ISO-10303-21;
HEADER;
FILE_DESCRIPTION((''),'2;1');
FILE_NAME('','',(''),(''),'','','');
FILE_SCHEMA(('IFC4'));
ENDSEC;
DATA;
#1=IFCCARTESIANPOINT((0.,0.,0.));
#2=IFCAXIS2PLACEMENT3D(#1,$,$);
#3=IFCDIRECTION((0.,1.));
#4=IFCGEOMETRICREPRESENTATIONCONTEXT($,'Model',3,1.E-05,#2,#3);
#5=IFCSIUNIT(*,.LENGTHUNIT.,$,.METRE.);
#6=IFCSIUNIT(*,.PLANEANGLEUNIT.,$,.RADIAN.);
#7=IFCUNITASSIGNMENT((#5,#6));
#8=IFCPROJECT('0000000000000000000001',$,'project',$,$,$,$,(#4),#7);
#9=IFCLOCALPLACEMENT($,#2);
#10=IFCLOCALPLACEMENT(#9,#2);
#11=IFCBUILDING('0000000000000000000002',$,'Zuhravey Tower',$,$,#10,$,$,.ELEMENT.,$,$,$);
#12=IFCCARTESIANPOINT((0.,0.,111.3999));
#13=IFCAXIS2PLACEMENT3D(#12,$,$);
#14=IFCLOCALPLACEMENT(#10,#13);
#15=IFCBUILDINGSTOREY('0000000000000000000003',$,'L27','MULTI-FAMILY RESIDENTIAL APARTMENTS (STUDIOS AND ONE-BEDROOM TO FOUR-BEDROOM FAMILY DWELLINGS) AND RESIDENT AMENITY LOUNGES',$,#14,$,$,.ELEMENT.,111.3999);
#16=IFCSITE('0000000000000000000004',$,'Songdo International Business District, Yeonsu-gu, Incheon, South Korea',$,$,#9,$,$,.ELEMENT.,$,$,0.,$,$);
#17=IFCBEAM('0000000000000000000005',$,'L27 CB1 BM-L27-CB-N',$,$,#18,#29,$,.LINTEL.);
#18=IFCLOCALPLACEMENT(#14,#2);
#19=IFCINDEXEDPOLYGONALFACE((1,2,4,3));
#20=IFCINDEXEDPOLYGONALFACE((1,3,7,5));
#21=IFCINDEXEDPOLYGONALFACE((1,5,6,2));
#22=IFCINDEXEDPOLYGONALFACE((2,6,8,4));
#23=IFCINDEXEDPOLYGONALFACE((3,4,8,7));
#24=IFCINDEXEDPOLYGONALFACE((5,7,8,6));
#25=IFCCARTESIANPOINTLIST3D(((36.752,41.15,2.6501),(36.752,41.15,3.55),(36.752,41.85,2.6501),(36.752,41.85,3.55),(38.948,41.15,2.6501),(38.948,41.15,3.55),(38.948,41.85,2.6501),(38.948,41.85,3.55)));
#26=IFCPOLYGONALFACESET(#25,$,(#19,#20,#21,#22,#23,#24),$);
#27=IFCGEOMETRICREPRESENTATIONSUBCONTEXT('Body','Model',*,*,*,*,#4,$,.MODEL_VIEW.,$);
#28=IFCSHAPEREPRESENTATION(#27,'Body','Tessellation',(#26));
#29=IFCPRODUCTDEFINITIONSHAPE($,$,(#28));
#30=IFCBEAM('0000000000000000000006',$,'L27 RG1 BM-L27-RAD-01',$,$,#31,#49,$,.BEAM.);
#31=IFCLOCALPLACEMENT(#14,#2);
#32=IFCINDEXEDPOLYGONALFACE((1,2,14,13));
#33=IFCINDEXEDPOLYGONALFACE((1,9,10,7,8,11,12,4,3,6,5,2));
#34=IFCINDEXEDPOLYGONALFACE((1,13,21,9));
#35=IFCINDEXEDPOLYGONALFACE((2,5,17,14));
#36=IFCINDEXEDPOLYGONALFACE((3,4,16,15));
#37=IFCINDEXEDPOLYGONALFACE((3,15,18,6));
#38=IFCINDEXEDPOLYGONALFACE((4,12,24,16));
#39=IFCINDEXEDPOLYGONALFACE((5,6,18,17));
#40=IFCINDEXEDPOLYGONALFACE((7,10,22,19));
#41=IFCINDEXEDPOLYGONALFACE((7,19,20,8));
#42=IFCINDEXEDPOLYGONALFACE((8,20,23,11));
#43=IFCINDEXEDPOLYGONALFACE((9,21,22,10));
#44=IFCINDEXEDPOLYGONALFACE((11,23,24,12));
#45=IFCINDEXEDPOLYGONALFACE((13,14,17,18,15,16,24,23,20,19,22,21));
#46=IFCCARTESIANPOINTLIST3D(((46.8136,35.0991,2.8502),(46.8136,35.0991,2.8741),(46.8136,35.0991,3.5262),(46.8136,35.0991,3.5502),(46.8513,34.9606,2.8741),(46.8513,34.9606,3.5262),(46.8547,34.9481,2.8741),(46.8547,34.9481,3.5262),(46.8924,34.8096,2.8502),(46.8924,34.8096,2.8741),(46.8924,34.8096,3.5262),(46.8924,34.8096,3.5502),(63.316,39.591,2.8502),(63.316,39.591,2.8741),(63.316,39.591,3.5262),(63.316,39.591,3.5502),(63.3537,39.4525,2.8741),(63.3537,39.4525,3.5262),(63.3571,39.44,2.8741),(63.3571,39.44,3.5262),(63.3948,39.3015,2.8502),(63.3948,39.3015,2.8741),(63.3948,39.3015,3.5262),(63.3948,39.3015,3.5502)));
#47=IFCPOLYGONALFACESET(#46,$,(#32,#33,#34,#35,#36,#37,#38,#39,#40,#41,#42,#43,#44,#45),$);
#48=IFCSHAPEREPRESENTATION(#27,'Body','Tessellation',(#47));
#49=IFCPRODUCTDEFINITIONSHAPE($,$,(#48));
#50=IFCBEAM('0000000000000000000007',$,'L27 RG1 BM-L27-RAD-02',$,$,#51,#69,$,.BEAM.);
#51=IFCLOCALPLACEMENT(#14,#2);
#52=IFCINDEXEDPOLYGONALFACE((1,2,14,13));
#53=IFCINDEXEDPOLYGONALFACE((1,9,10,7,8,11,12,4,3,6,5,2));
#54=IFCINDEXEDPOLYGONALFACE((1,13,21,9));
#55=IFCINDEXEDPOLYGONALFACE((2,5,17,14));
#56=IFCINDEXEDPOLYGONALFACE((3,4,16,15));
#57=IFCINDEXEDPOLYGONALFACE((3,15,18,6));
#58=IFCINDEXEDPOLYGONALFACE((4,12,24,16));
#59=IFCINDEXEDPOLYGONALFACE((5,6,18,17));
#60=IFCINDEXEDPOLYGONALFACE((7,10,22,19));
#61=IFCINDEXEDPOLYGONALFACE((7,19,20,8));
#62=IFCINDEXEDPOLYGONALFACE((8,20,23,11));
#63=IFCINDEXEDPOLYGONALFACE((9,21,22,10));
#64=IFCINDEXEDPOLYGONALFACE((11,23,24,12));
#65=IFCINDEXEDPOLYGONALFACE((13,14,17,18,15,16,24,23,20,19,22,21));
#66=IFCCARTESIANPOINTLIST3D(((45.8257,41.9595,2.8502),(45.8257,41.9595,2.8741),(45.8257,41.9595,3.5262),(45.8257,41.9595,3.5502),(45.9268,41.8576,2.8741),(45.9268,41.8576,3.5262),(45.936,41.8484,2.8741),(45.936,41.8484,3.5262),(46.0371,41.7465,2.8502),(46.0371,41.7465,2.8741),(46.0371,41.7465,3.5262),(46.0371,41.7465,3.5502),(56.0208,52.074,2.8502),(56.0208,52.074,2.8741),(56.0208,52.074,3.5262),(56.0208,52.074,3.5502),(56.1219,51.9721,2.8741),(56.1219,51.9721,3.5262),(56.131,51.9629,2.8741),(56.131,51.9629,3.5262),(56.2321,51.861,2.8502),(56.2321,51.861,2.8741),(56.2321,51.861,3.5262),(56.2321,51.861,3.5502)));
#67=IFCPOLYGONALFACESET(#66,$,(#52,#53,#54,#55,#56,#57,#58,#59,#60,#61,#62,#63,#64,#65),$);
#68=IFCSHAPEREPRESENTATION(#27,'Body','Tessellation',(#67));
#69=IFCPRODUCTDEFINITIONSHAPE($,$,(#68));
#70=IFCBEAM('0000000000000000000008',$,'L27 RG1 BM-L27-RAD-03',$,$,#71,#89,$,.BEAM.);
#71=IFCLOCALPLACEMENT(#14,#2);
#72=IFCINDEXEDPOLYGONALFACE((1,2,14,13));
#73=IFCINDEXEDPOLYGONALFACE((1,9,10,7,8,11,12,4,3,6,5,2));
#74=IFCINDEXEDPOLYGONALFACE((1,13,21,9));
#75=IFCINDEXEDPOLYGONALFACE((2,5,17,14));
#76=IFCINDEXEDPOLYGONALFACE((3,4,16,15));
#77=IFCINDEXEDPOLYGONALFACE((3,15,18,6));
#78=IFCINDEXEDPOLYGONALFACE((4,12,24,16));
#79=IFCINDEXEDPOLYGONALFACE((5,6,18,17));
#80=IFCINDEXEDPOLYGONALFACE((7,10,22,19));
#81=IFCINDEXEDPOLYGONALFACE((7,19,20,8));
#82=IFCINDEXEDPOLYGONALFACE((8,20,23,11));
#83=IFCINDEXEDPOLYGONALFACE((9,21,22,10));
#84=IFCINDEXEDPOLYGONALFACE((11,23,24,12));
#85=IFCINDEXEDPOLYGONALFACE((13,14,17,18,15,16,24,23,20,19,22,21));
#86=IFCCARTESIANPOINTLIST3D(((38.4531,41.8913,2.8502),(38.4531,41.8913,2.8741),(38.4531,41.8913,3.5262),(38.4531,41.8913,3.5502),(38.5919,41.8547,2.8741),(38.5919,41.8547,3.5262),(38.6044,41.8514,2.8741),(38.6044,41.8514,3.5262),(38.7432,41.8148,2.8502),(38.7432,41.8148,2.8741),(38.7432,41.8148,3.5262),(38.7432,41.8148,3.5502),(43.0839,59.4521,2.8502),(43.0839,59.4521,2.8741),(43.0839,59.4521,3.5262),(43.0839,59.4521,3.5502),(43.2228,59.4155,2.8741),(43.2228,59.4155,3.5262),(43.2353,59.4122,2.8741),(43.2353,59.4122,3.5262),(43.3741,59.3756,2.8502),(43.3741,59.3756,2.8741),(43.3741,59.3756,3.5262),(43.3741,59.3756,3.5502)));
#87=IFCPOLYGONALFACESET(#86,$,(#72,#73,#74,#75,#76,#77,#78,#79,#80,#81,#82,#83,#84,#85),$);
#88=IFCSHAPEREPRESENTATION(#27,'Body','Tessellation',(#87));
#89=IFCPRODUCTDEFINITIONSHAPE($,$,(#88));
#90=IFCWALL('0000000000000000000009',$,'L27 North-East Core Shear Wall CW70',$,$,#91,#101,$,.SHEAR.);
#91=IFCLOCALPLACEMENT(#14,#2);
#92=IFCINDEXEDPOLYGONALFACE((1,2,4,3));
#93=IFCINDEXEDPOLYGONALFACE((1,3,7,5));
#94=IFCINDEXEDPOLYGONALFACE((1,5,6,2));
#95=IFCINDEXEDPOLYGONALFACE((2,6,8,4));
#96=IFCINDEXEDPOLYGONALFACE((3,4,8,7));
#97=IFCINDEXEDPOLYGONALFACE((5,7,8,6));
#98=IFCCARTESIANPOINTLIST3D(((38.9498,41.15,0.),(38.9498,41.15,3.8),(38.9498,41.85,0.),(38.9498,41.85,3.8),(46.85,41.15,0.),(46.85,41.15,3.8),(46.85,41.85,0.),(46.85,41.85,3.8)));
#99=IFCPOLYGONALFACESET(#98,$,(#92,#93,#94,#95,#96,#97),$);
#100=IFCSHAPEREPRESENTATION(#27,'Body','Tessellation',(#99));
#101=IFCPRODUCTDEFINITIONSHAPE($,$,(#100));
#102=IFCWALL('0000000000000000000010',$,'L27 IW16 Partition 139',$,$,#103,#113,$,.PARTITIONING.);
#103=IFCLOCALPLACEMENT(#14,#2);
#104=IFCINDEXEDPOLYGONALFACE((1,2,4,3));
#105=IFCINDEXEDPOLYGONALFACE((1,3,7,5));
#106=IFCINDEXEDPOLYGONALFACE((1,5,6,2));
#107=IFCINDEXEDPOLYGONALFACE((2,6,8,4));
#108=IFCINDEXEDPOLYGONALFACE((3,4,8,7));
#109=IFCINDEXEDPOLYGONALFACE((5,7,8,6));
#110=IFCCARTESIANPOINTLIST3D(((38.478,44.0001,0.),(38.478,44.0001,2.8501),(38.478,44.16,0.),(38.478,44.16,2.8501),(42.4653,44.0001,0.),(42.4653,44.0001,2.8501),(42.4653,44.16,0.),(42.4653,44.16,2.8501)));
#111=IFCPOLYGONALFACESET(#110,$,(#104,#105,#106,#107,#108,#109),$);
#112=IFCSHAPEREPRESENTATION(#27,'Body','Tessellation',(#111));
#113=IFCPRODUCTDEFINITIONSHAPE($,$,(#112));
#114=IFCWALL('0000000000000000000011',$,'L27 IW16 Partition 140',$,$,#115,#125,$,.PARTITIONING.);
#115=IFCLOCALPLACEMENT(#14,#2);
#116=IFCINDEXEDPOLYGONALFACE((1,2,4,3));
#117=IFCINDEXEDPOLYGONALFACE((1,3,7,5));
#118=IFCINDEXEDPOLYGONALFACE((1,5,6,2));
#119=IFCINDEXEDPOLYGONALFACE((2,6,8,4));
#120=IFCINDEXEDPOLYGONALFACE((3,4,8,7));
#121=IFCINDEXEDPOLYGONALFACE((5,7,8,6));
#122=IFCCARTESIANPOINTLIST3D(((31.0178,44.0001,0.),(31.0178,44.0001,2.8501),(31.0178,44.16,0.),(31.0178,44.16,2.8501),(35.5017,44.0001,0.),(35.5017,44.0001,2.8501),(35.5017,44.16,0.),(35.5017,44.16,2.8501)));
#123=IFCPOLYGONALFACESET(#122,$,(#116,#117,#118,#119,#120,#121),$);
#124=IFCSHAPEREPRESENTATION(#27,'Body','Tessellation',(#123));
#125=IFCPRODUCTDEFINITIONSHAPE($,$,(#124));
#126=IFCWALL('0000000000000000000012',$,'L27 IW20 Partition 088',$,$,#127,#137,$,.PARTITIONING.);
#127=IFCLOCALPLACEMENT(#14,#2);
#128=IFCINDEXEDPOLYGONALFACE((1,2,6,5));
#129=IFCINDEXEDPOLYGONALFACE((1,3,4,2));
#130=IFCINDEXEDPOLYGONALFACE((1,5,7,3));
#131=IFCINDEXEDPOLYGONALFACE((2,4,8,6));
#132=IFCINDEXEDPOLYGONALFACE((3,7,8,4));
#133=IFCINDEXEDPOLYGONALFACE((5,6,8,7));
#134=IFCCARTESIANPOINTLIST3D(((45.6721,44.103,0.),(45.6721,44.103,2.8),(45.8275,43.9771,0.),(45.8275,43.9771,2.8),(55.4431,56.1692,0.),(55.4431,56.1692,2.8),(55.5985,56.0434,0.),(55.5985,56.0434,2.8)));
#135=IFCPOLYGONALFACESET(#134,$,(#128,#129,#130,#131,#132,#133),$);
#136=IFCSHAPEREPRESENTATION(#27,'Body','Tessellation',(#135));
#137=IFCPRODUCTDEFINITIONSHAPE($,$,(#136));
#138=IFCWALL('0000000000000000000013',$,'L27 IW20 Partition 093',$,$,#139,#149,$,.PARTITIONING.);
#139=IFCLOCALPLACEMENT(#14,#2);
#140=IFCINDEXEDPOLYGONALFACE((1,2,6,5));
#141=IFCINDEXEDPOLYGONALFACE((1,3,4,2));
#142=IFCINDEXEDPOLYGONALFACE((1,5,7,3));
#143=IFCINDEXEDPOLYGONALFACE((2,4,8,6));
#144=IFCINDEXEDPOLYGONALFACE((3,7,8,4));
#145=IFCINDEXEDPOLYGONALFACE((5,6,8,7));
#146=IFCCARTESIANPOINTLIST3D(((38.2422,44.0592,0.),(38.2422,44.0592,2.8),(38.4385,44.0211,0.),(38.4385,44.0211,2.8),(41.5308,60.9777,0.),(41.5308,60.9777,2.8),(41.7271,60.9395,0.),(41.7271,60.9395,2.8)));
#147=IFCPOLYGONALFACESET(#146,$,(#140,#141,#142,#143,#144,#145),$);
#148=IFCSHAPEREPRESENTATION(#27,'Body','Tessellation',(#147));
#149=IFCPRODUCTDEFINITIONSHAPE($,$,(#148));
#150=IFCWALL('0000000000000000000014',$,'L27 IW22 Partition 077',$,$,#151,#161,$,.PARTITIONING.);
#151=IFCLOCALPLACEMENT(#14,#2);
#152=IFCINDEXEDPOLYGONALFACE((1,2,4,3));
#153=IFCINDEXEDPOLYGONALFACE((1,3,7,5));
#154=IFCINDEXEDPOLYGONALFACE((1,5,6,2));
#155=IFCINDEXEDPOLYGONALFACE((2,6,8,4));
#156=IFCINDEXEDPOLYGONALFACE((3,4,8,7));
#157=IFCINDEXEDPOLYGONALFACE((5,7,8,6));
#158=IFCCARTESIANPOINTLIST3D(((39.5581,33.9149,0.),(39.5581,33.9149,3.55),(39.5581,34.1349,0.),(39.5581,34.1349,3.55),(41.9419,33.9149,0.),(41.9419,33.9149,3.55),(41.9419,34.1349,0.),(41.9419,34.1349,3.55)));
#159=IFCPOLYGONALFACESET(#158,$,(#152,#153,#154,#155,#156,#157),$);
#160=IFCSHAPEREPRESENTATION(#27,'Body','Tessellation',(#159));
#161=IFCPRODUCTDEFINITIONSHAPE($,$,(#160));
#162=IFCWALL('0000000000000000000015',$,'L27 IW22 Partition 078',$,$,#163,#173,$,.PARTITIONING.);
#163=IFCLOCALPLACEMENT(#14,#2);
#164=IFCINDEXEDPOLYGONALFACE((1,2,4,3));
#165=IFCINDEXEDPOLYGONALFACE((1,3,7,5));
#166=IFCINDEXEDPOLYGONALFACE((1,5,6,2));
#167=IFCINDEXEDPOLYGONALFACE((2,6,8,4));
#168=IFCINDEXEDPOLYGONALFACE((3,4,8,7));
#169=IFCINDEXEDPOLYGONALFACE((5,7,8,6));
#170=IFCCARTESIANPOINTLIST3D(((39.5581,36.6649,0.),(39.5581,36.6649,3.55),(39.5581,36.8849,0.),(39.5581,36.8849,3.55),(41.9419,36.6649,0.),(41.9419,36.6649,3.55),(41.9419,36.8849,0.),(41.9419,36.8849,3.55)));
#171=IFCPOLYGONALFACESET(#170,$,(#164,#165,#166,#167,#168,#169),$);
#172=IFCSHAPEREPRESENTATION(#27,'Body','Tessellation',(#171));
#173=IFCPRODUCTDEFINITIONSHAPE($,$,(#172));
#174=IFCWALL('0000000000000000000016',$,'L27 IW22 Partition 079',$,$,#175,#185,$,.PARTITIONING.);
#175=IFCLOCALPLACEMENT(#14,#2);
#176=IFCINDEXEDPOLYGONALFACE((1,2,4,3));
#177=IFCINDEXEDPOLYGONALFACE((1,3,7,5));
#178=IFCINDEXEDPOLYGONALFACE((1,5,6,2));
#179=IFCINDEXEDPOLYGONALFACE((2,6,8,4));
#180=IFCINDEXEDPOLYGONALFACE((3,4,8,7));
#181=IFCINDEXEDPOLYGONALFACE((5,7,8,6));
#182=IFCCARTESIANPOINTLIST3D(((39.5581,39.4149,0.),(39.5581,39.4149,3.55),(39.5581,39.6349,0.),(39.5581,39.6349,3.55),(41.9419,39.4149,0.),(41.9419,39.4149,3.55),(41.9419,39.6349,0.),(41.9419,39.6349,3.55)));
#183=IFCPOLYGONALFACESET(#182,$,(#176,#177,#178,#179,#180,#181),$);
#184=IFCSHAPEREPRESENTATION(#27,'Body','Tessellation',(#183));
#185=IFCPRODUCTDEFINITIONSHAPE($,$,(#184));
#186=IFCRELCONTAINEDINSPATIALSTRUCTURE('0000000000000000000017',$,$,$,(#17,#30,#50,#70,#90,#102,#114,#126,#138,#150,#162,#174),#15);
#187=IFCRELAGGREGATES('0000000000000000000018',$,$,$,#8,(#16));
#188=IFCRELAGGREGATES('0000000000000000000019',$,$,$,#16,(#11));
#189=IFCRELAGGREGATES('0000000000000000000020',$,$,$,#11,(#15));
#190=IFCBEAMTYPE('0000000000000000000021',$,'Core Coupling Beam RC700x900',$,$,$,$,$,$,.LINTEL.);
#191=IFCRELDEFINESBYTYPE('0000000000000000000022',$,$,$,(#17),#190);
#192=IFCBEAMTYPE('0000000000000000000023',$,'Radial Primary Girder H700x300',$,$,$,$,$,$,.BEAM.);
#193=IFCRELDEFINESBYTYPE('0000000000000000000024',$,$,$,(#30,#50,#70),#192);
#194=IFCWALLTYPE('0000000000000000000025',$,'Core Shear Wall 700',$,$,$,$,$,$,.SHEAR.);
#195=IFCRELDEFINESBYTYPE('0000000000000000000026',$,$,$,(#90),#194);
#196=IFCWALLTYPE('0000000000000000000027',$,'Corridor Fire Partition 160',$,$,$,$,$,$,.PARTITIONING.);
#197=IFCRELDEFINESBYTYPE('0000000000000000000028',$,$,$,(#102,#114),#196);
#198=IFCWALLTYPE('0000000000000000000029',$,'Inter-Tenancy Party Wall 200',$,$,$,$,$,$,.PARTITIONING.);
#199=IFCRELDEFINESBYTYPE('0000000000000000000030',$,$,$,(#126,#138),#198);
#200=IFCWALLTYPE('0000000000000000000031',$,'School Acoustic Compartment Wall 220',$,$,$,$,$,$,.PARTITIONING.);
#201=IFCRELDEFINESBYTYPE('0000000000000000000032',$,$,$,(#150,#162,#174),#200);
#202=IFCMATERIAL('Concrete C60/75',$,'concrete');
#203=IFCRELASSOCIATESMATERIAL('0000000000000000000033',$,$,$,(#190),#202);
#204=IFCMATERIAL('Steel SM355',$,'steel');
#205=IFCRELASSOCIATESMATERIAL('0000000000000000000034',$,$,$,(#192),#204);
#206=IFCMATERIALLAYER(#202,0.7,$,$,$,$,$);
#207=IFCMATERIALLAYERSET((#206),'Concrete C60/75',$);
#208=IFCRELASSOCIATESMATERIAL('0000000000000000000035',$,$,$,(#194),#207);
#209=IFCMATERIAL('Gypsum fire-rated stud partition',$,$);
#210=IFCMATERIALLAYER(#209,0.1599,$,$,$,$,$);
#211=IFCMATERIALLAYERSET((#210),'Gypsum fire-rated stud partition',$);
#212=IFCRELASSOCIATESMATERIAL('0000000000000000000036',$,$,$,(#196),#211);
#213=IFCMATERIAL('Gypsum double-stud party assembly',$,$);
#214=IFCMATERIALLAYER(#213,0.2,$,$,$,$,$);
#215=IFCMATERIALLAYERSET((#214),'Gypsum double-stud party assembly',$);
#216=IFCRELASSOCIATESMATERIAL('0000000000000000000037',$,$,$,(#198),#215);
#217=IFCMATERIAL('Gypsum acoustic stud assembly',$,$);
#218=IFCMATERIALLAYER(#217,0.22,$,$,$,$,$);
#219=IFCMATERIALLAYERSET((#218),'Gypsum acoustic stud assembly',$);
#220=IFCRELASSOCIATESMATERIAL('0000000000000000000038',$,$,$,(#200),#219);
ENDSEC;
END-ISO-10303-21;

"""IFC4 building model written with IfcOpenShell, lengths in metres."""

from ifc_helpers import new_model, si_unit, direction, frame, frame_2d, origin, origin_2d, place, context, subcontext, project, spatial, rectangle, i_section, extrude, material, layer, layer_set, material_profile, profile_set, type_object, element, save


model = new_model("IFC4")

# Units and contexts
model_context = context("Model", 3, precision=1e-05, world=origin(), true_north=direction((0.0, 1.0)))
body_context = subcontext(model_context, "Body", "Model", "MODEL_VIEW")
ifc_project = project(units=[si_unit("LENGTHUNIT", "METRE"), si_unit("PLANEANGLEUNIT", "RADIAN")], contexts=[model_context])

# Site, building, storey
site_placement = place(None, origin())
site = spatial("IfcSite", under=ifc_project, at=site_placement, Name="Songdo International Business District, Yeonsu-gu, Incheon, South Korea", CompositionType="ELEMENT", RefElevation=0.0)
building_placement = place(site_placement, origin())
building = spatial("IfcBuilding", under=site, at=building_placement, Name="Zuhravey Tower", CompositionType="ELEMENT")
storey_placement = place(building_placement, frame((0.0, 0.0, 111.3999)))
storey = spatial("IfcBuildingStorey", under=building, at=storey_placement, Name="L27", Description="MULTI-FAMILY RESIDENTIAL APARTMENTS (STUDIOS AND ONE-BEDROOM TO FOUR-BEDROOM FAMILY DWELLINGS) AND RESIDENT AMENITY LOUNGES", CompositionType="ELEMENT", Elevation=111.3999)

# Beams
ifc_material_1 = material(Name="Concrete C60/75", Category="concrete")
ifc_material_profile_1 = material_profile(ifc_material_1, rectangle(XDim=0.7, YDim=0.8999, at=origin_2d()), Name="RC-700x900")
ifc_profile_set_1 = profile_set([ifc_material_profile_1], Name="Concrete C60/75")
beam_type_1 = type_object("IfcBeamType", Name="Core Coupling Beam RC700x900", PredefinedType="LINTEL", material=ifc_profile_set_1)
beam_1_placement = place(storey_placement, frame((36.752, 41.5, 3.1001), z_axis=(1.0, 0.0, 0.0), x_axis=(0.0, 1.0, 0.0)))
element("IfcBeam", 1, at=beam_1_placement, inside=storey, type_object=beam_type_1, Name="L27 CB1 BM-L27-CB-N", PredefinedType="LINTEL", context=body_context, shape_type="SweptSolid", body=[
    extrude(rectangle(XDim=0.7, YDim=0.8999, at=origin_2d()), origin(), (0.0, 0.0, 1.0), 2.196),
])
ifc_material_2 = material(Name="Steel SM355", Category="steel")
ifc_material_profile_2 = material_profile(ifc_material_2, i_section(OverallWidth=0.3, OverallDepth=0.7, WebThickness=0.0129, FlangeThickness=0.0239, at=origin_2d()), Name="H-700x300x13x24")
ifc_profile_set_2 = profile_set([ifc_material_profile_2], Name="Steel SM355")
beam_type_2 = type_object("IfcBeamType", Name="Radial Primary Girder H700x300", PredefinedType="BEAM", material=ifc_profile_set_2)
beam_2_placement = place(storey_placement, frame((46.853, 34.9543, 3.2002), z_axis=(0.964893, 0.262643, 0.0), x_axis=(-0.262643, 0.964893, 0.0)))
element("IfcBeam", 2, at=beam_2_placement, inside=storey, type_object=beam_type_2, Name="L27 RG1 BM-L27-RAD-01", PredefinedType="BEAM", context=body_context, shape_type="SweptSolid", body=[
    extrude(i_section(OverallWidth=0.3, OverallDepth=0.7, WebThickness=0.0129, FlangeThickness=0.0239, at=origin_2d()), origin(), (0.0, 0.0, 1.0), 17.1028),
])
beam_3_placement = place(storey_placement, frame((45.9314, 41.853, 3.2002), z_axis=(0.709906, 0.704296, 0.0), x_axis=(-0.704296, 0.709906, 0.0)))
element("IfcBeam", 3, at=beam_3_placement, inside=storey, type_object=beam_type_2, Name="L27 RG1 BM-L27-RAD-02", PredefinedType="BEAM", context=body_context, shape_type="SweptSolid", body=[
    extrude(i_section(OverallWidth=0.3, OverallDepth=0.7, WebThickness=0.0129, FlangeThickness=0.0239, at=origin_2d()), origin(), (0.0, 0.0, 1.0), 14.3611),
])
beam_4_placement = place(storey_placement, frame((38.5981, 41.853, 3.2002), z_axis=(0.254988, 0.966944, 0.0), x_axis=(-0.966944, 0.254988, 0.0)))
element("IfcBeam", 4, at=beam_4_placement, inside=storey, type_object=beam_type_2, Name="L27 RG1 BM-L27-RAD-03", PredefinedType="BEAM", context=body_context, shape_type="SweptSolid", body=[
    extrude(i_section(OverallWidth=0.3, OverallDepth=0.7, WebThickness=0.0129, FlangeThickness=0.0239, at=origin_2d()), origin(), (0.0, 0.0, 1.0), 18.1611),
])

# Wall
ifc_layer_1 = layer(ifc_material_1, 0.7)
ifc_layer_set_1 = layer_set([ifc_layer_1], Name="Concrete C60/75")
wall_type_1 = type_object("IfcWallType", Name="Core Shear Wall 700", PredefinedType="SHEAR", material=ifc_layer_set_1)
wall_1_placement = place(storey_placement, frame((46.8501, 41.5, 0.0), z_axis=(0.0, 0.0, 1.0), x_axis=(-1.0, 0.0, 0.0)))
element("IfcWall", 5, at=wall_1_placement, inside=storey, type_object=wall_type_1, Name="L27 North-East Core Shear Wall CW70", PredefinedType="SHEAR", context=body_context, shape_type="SweptSolid", body=[
    extrude(rectangle(XDim=7.9001, YDim=0.7, at=frame_2d((3.9502, 0.0))), origin(), (0.0, 0.0, 1.0), 3.8),
])

# Shared definitions
ifc_material_3 = material(Name="Gypsum fire-rated stud partition")
ifc_layer_2 = layer(ifc_material_3, 0.1599)
ifc_layer_set_2 = layer_set([ifc_layer_2], Name="Gypsum fire-rated stud partition")
wall_type_2 = type_object("IfcWallType", Name="Corridor Fire Partition 160", PredefinedType="PARTITIONING", material=ifc_layer_set_2)

# Walls
wall_2_placement = place(storey_placement, frame((42.4653, 44.0801, 0.0), z_axis=(0.0, 0.0, 1.0), x_axis=(-1.0, 0.0, 0.0)))
element("IfcWall", 6, at=wall_2_placement, inside=storey, type_object=wall_type_2, Name="L27 IW16 Partition 139", PredefinedType="PARTITIONING", context=body_context, shape_type="SweptSolid", body=[
    extrude(rectangle(XDim=3.9873, YDim=0.1599, at=frame_2d((1.9937, 0.0))), origin(), (0.0, 0.0, 1.0), 2.8501),
])
wall_3_placement = place(storey_placement, frame((35.5017, 44.0801, 0.0), z_axis=(0.0, 0.0, 1.0), x_axis=(-1.0, 0.0, 0.0)))
element("IfcWall", 7, at=wall_3_placement, inside=storey, type_object=wall_type_2, Name="L27 IW16 Partition 140", PredefinedType="PARTITIONING", context=body_context, shape_type="SweptSolid", body=[
    extrude(rectangle(XDim=4.4839, YDim=0.1599, at=frame_2d((2.2419, 0.0))), origin(), (0.0, 0.0, 1.0), 2.8501),
])

# Walls
ifc_material_4 = material(Name="Gypsum double-stud party assembly")
ifc_layer_3 = layer(ifc_material_4, 0.2)
ifc_layer_set_3 = layer_set([ifc_layer_3], Name="Gypsum double-stud party assembly")
wall_type_3 = type_object("IfcWallType", Name="Inter-Tenancy Party Wall 200", PredefinedType="PARTITIONING", material=ifc_layer_set_3)
wall_4_placement = place(storey_placement, frame((45.7498, 44.04, 0.0), z_axis=(0.0, 0.0, 1.0), x_axis=(0.629321, 0.777146, 0.0)))
element("IfcWall", 8, at=wall_4_placement, inside=storey, type_object=wall_type_3, Name="L27 IW20 Partition 088", PredefinedType="PARTITIONING", context=body_context, shape_type="SweptSolid", body=[
    extrude(rectangle(XDim=15.5264, YDim=0.2, at=frame_2d((7.7632, 0.0))), origin(), (0.0, 0.0, 1.0), 2.8),
])
wall_5_placement = place(storey_placement, frame((38.3403, 44.04, 0.0), z_axis=(0.0, 0.0, 1.0), x_axis=(0.190807, 0.981628, 0.0)))
element("IfcWall", 9, at=wall_5_placement, inside=storey, type_object=wall_type_3, Name="L27 IW20 Partition 093", PredefinedType="PARTITIONING", context=body_context, shape_type="SweptSolid", body=[
    extrude(rectangle(XDim=17.2351, YDim=0.2, at=frame_2d((8.6177, 0.0))), origin(), (0.0, 0.0, 1.0), 2.8),
])
ifc_material_5 = material(Name="Gypsum acoustic stud assembly")
ifc_layer_4 = layer(ifc_material_5, 0.22)
ifc_layer_set_4 = layer_set([ifc_layer_4], Name="Gypsum acoustic stud assembly")
wall_type_4 = type_object("IfcWallType", Name="School Acoustic Compartment Wall 220", PredefinedType="PARTITIONING", material=ifc_layer_set_4)
for number, where, z_axis, x_axis, name in (
    (10, (39.5581, 34.0249, 0.0), (0.0, 0.0, 1.0), (1.0, 0.0, 0.0), "L27 IW22 Partition 077"),
    (11, (39.5581, 36.7749, 0.0), (0.0, 0.0, 1.0), (1.0, 0.0, 0.0), "L27 IW22 Partition 078"),
    (12, (39.5581, 39.5249, 0.0), (0.0, 0.0, 1.0), (1.0, 0.0, 0.0), "L27 IW22 Partition 079"),
):
    element("IfcWall", number, at=place(storey_placement, frame(where, z_axis=z_axis, x_axis=x_axis)), inside=storey, type_object=wall_type_4, Name=name, PredefinedType="PARTITIONING", context=body_context, shape_type="SweptSolid", body=[
        extrude(rectangle(XDim=2.3838, YDim=0.22, at=frame_2d((1.1919, 0.0))), origin(), (0.0, 0.0, 1.0), 3.55),
    ])

save(model, "model.ifc")
